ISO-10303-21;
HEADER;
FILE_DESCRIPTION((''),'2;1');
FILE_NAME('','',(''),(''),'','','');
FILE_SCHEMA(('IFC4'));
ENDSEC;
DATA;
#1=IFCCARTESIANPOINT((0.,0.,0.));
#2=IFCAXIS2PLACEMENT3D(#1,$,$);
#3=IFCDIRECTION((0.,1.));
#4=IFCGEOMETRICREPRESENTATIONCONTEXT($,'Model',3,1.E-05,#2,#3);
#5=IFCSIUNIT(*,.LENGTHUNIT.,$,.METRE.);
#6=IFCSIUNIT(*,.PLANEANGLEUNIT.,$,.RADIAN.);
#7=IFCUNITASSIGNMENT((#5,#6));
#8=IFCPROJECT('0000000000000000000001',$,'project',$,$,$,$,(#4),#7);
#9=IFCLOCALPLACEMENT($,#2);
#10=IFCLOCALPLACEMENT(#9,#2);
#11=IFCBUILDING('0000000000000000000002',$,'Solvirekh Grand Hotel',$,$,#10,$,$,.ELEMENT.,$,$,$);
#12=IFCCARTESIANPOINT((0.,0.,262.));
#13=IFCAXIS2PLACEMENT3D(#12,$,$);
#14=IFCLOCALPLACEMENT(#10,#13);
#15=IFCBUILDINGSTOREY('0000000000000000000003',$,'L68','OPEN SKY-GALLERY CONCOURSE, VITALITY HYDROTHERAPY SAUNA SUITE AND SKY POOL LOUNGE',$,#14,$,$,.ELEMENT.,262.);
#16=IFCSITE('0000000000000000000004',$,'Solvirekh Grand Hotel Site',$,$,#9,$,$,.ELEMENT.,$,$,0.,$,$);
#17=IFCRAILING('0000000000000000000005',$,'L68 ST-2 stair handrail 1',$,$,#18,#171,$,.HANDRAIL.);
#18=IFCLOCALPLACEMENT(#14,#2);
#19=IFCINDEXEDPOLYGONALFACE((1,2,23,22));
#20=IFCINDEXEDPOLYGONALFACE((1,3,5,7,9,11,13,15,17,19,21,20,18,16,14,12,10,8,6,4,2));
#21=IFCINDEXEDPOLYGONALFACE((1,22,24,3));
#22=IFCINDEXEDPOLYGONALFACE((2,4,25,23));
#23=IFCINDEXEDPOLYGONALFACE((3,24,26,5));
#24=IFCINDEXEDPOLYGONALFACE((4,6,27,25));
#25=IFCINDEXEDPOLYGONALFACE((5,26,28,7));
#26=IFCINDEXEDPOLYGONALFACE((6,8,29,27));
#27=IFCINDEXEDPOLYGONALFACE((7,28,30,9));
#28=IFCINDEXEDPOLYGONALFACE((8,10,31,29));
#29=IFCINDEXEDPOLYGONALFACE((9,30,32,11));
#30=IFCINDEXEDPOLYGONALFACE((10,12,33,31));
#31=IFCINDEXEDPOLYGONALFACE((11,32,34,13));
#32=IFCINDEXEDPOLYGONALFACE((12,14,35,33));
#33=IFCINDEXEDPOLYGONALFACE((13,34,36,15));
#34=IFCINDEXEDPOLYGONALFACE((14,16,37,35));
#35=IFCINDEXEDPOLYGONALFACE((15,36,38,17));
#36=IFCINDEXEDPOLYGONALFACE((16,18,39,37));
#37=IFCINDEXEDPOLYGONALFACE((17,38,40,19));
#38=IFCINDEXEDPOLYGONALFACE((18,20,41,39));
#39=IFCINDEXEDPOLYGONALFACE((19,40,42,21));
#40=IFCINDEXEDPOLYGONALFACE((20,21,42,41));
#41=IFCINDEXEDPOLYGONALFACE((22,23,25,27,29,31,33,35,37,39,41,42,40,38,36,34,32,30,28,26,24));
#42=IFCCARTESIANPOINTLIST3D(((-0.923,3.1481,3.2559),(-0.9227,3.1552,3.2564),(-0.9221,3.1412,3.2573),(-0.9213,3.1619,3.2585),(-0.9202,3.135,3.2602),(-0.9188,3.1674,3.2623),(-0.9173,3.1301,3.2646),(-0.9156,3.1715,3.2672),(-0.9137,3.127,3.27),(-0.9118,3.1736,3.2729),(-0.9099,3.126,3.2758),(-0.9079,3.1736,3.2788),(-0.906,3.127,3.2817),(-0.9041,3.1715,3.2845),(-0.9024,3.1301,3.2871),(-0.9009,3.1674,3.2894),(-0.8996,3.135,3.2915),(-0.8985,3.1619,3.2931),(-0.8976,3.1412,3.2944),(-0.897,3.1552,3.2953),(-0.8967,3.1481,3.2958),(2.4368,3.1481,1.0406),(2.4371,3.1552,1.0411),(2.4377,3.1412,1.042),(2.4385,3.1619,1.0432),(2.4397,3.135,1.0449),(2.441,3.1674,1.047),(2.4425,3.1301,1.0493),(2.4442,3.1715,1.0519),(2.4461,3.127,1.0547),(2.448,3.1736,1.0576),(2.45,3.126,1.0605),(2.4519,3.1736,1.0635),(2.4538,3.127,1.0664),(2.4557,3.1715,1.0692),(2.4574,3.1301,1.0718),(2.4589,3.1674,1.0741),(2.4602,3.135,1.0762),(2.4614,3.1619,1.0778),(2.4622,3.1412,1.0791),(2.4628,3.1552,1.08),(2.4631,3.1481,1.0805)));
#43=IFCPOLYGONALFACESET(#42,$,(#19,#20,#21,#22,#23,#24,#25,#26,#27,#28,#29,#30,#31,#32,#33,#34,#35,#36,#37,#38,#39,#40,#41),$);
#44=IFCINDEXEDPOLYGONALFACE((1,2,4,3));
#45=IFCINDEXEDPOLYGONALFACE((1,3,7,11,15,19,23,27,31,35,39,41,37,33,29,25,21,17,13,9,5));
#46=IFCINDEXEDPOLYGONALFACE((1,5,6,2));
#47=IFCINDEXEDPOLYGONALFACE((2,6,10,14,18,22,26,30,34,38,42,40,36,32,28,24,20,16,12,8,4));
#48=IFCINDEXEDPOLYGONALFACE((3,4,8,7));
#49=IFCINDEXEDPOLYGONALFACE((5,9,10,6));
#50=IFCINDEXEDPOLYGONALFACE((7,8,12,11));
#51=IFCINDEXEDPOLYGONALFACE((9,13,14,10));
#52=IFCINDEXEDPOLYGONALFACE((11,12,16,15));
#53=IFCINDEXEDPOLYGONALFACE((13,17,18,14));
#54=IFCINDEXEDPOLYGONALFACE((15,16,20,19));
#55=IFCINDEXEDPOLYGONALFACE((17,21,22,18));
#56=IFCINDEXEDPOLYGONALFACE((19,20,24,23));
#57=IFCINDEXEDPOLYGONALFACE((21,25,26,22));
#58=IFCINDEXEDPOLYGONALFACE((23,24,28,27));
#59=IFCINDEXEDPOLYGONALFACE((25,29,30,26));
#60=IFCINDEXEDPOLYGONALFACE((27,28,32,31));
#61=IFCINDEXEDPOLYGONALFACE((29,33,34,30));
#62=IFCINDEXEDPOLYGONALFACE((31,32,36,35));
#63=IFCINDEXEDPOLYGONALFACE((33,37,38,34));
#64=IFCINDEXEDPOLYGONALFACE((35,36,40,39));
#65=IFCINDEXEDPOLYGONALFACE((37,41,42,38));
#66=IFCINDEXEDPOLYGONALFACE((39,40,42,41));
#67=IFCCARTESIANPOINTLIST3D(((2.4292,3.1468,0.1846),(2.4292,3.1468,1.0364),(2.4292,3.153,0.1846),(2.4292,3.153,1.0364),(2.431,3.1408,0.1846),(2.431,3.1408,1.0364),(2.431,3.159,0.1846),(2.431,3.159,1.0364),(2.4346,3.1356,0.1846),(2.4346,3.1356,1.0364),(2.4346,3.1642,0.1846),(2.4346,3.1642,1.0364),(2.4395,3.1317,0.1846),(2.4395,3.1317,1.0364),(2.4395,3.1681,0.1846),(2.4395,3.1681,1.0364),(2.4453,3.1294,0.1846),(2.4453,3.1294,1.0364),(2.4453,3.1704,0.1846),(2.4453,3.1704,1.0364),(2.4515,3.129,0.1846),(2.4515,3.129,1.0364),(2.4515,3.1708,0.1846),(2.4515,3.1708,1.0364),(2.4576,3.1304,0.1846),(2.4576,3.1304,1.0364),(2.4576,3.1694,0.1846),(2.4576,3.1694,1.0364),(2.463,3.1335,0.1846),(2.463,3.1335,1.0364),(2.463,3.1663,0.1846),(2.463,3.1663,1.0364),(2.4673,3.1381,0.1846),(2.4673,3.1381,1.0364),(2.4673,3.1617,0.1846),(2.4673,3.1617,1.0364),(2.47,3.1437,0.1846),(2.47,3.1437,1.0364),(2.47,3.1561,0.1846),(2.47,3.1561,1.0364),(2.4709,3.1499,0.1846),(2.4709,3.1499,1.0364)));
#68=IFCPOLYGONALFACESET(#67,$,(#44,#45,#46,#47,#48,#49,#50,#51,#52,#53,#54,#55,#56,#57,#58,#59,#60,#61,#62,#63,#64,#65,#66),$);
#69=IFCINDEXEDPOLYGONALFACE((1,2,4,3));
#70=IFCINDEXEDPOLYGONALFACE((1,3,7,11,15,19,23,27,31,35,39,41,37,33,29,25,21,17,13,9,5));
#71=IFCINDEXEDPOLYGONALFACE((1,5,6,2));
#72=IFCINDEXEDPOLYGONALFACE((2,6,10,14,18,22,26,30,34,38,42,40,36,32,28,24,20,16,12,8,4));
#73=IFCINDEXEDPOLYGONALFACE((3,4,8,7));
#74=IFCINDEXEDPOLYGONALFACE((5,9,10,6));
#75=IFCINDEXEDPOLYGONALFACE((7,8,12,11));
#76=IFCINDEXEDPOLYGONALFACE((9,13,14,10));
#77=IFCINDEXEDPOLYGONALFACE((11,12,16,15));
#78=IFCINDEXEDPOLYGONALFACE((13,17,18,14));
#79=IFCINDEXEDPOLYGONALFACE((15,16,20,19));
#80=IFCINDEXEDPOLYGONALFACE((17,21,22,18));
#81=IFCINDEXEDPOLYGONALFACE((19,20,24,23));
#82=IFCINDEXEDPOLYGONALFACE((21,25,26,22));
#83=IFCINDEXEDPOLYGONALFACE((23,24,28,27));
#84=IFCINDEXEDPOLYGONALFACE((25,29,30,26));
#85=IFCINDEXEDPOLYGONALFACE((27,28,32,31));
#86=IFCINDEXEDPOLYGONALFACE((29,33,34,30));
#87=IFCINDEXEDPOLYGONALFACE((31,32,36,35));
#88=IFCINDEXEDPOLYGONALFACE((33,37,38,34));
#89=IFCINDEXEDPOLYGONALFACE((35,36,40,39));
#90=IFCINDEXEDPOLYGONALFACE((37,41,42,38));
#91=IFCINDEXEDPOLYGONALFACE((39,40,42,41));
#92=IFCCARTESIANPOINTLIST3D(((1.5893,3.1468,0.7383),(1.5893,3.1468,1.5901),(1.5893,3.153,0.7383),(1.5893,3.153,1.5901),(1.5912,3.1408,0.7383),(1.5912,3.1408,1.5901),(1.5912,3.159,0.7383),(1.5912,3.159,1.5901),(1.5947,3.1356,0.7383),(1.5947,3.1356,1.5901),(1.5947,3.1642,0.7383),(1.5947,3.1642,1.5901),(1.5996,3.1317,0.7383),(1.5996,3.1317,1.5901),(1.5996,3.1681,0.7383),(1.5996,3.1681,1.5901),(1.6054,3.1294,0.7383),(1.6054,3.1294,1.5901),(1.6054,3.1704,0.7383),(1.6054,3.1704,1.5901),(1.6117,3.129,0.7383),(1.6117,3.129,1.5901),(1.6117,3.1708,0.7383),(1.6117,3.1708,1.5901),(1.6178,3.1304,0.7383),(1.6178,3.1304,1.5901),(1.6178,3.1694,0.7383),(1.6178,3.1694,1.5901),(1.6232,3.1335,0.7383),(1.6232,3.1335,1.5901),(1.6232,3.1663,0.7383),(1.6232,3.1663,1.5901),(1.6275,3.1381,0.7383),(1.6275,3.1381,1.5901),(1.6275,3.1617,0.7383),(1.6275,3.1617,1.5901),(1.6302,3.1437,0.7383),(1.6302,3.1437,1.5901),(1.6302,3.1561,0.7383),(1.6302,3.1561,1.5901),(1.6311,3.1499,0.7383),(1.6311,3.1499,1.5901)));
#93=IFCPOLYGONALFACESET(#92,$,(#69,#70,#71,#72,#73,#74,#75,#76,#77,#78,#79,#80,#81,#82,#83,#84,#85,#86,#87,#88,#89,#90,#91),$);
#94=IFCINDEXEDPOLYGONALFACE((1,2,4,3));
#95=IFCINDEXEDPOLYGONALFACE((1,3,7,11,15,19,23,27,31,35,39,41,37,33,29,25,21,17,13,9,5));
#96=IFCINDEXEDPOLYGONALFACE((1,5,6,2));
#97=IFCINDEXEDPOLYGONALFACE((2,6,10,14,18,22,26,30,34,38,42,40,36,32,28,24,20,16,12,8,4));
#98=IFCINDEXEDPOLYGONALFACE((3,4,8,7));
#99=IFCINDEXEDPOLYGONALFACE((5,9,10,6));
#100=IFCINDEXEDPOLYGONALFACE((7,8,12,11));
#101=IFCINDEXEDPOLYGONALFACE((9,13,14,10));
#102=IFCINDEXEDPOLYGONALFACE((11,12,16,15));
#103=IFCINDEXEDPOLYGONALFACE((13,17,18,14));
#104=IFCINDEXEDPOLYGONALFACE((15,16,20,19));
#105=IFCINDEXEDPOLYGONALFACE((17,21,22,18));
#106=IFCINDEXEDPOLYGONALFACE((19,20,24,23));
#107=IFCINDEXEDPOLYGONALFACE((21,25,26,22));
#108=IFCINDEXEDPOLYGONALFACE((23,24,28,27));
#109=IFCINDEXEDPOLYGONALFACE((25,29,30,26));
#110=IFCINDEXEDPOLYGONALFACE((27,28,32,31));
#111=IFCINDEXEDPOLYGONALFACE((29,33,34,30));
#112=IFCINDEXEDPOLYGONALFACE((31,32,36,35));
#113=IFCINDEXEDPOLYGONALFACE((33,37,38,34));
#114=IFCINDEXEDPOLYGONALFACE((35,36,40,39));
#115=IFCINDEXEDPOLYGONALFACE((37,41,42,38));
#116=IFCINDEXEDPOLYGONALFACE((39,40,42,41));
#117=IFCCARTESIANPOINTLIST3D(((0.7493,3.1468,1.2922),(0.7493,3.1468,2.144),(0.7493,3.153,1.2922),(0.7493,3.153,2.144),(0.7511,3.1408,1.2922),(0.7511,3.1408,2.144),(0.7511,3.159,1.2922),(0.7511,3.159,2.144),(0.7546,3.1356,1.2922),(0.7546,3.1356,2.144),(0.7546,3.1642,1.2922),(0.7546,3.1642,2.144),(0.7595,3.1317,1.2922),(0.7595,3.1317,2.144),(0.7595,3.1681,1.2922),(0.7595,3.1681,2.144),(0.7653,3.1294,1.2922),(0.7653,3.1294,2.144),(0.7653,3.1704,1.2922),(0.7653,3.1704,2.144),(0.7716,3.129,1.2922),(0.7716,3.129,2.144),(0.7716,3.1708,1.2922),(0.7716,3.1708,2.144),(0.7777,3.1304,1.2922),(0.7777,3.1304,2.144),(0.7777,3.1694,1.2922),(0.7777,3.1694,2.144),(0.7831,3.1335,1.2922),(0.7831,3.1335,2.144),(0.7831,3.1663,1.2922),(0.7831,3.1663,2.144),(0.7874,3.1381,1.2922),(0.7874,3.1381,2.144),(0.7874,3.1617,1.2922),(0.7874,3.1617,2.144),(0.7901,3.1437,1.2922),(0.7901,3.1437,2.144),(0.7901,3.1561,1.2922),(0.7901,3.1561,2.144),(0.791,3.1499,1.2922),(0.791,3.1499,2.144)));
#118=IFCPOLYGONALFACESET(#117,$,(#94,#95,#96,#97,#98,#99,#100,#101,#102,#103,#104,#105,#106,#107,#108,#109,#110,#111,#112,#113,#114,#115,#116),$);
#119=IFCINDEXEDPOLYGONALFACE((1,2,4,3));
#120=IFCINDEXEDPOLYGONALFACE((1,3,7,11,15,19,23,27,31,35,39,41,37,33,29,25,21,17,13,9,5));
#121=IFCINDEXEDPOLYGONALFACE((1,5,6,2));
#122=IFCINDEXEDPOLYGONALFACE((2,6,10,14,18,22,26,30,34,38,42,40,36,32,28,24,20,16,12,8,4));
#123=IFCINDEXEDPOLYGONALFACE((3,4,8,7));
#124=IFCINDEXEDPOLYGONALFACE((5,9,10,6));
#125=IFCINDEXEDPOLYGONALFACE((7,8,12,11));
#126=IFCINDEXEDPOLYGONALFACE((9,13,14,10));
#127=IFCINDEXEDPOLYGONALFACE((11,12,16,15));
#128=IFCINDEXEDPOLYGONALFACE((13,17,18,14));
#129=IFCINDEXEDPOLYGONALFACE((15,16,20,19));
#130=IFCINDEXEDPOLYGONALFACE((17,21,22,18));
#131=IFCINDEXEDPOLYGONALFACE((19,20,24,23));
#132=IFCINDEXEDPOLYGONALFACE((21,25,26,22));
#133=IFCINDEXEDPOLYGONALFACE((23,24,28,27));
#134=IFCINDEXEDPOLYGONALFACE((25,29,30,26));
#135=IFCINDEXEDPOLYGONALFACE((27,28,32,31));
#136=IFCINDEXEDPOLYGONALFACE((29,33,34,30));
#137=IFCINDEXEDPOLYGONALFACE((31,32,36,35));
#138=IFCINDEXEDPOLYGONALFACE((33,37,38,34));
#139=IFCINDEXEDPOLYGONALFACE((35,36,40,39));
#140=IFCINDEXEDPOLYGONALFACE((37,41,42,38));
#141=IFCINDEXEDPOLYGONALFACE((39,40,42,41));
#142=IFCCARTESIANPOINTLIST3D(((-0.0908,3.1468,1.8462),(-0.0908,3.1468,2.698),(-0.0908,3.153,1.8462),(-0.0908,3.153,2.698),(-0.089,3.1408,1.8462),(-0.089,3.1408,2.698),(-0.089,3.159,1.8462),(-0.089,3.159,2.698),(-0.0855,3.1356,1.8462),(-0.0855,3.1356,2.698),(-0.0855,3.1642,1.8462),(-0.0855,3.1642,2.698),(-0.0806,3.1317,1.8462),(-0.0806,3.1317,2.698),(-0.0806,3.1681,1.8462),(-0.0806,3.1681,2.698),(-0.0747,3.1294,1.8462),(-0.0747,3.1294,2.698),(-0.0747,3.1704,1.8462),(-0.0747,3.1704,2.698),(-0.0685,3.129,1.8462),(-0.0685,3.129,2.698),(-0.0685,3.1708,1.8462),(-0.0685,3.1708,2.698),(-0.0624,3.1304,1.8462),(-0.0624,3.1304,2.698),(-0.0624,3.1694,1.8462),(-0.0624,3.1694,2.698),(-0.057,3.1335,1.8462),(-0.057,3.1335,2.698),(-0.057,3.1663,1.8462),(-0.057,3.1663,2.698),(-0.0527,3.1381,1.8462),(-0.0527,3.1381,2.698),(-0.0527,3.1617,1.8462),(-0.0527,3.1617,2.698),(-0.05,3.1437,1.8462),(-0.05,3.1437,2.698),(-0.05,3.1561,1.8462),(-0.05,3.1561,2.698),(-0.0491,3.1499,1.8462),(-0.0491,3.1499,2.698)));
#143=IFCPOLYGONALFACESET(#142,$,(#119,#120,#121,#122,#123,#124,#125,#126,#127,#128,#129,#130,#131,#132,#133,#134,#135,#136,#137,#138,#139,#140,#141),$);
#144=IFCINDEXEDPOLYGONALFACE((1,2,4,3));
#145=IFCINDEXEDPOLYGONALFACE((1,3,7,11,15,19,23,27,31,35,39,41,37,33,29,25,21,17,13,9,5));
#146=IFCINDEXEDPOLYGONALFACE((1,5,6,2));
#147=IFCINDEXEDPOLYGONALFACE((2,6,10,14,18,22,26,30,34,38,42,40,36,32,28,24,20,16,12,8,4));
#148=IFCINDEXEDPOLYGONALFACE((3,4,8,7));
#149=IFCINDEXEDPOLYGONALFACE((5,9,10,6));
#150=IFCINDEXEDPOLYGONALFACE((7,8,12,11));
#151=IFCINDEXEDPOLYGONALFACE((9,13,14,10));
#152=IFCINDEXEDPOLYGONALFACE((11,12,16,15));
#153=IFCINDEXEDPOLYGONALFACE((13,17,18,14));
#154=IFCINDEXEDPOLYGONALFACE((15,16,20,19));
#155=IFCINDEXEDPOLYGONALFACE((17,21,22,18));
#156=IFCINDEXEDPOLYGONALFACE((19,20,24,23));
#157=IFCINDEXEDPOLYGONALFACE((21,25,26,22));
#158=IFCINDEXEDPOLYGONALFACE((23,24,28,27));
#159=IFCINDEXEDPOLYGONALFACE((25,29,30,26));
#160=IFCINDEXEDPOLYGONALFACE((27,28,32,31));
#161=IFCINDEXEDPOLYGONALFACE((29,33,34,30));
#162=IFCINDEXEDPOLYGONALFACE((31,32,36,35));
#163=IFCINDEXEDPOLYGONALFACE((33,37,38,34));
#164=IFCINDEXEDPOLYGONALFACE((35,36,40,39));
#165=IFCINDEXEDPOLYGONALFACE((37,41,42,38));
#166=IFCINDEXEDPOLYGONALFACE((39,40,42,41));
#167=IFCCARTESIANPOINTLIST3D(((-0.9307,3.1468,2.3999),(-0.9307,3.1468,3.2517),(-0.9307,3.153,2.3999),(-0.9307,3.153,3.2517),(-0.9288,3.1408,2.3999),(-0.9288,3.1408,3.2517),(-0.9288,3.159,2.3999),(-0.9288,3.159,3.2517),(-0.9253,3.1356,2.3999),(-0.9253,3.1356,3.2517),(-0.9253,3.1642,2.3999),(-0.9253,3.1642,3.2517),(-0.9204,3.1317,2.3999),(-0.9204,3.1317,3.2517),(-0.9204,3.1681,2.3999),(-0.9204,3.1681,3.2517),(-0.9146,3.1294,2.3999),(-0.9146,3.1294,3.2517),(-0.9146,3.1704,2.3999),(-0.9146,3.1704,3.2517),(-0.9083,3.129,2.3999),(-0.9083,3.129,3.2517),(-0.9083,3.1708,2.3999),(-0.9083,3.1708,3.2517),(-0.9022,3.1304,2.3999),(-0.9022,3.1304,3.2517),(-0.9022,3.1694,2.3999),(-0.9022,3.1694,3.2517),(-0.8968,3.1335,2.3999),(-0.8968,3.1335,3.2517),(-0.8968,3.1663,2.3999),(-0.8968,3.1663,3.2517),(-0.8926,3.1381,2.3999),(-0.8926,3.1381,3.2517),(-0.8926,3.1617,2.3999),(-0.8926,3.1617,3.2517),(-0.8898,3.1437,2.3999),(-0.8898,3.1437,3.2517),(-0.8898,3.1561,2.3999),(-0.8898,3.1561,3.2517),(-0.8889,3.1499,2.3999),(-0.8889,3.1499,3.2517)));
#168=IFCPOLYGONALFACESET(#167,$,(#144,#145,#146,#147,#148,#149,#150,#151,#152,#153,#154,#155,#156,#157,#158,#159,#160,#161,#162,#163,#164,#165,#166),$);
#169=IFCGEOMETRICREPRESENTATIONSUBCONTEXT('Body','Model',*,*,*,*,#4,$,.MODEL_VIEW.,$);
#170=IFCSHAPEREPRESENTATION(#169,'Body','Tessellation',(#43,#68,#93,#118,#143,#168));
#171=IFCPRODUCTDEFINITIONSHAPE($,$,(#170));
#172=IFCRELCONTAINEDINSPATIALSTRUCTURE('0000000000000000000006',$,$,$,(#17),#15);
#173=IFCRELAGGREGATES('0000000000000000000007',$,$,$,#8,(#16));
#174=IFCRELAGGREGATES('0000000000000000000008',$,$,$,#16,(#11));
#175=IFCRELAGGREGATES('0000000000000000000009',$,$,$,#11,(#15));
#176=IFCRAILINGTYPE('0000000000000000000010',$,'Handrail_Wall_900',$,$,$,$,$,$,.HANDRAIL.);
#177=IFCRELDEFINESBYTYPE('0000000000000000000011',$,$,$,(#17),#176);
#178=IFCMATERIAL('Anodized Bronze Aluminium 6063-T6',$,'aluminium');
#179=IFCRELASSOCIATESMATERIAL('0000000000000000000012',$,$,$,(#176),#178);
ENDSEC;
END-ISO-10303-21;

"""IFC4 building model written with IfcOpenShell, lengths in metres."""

from ifc_helpers import new_model, si_unit, direction, frame, origin, origin_2d, place, context, subcontext, project, spatial, circle, extrude, material, type_object, element, save


model = new_model("IFC4")

# Units and contexts
model_context = context("Model", 3, precision=1e-05, world=origin(), true_north=direction((0.0, 1.0)))
body_context = subcontext(model_context, "Body", "Model", "MODEL_VIEW")
ifc_project = project(units=[si_unit("LENGTHUNIT", "METRE"), si_unit("PLANEANGLEUNIT", "RADIAN")], contexts=[model_context])

# Site, building, storey
site_placement = place(None, origin())
site = spatial("IfcSite", under=ifc_project, at=site_placement, Name="Solvirekh Grand Hotel Site", CompositionType="ELEMENT", RefElevation=0.0)
building_placement = place(site_placement, origin())
building = spatial("IfcBuilding", under=site, at=building_placement, Name="Solvirekh Grand Hotel", CompositionType="ELEMENT")
storey_placement = place(building_placement, frame((0.0, 0.0, 262.0)))
storey = spatial("IfcBuildingStorey", under=building, at=storey_placement, Name="L68", Description="OPEN SKY-GALLERY CONCOURSE, VITALITY HYDROTHERAPY SAUNA SUITE AND SKY POOL LOUNGE", CompositionType="ELEMENT", Elevation=262.0)

# Shared definitions
ifc_material_1 = material(Name="Anodized Bronze Aluminium 6063-T6", Category="aluminium")

# Railing
railing_type_1 = type_object("IfcRailingType", Name="Handrail_Wall_900", PredefinedType="HANDRAIL", material=ifc_material_1)
railing_1_placement = place(storey_placement, frame((2.45, 3.1499, 0.1846)))
element("IfcRailing", 1, at=railing_1_placement, inside=storey, type_object=railing_type_1, Name="L68 ST-2 stair handrail 1", PredefinedType="HANDRAIL", context=body_context, shape_type="SweptSolid", body=[
    extrude(circle(Radius=0.0239, at=origin_2d()), frame((0.0, 0.0, 0.876), z_axis=(-0.834858, 0.0, 0.550465), x_axis=(0.0, -1.0, 0.0)), (0.0, 0.0, 1.0), 4.0244),
    extrude(circle(Radius=0.021, at=origin_2d()), origin(), (0.0, 0.0, 1.0), 0.8518),
    extrude(circle(Radius=0.021, at=origin_2d()), frame((-0.8398, 0.0, 0.5537)), (0.0, 0.0, 1.0), 0.8518),
    extrude(circle(Radius=0.021, at=origin_2d()), frame((-1.6799, 0.0, 1.1077)), (0.0, 0.0, 1.0), 0.8518),
    extrude(circle(Radius=0.021, at=origin_2d()), frame((-2.52, 0.0, 1.6616)), (0.0, 0.0, 1.0), 0.8518),
    extrude(circle(Radius=0.021, at=origin_2d()), frame((-3.3599, 0.0, 2.2153)), (0.0, 0.0, 1.0), 0.8518),
])

save(model, "model.ifc")
